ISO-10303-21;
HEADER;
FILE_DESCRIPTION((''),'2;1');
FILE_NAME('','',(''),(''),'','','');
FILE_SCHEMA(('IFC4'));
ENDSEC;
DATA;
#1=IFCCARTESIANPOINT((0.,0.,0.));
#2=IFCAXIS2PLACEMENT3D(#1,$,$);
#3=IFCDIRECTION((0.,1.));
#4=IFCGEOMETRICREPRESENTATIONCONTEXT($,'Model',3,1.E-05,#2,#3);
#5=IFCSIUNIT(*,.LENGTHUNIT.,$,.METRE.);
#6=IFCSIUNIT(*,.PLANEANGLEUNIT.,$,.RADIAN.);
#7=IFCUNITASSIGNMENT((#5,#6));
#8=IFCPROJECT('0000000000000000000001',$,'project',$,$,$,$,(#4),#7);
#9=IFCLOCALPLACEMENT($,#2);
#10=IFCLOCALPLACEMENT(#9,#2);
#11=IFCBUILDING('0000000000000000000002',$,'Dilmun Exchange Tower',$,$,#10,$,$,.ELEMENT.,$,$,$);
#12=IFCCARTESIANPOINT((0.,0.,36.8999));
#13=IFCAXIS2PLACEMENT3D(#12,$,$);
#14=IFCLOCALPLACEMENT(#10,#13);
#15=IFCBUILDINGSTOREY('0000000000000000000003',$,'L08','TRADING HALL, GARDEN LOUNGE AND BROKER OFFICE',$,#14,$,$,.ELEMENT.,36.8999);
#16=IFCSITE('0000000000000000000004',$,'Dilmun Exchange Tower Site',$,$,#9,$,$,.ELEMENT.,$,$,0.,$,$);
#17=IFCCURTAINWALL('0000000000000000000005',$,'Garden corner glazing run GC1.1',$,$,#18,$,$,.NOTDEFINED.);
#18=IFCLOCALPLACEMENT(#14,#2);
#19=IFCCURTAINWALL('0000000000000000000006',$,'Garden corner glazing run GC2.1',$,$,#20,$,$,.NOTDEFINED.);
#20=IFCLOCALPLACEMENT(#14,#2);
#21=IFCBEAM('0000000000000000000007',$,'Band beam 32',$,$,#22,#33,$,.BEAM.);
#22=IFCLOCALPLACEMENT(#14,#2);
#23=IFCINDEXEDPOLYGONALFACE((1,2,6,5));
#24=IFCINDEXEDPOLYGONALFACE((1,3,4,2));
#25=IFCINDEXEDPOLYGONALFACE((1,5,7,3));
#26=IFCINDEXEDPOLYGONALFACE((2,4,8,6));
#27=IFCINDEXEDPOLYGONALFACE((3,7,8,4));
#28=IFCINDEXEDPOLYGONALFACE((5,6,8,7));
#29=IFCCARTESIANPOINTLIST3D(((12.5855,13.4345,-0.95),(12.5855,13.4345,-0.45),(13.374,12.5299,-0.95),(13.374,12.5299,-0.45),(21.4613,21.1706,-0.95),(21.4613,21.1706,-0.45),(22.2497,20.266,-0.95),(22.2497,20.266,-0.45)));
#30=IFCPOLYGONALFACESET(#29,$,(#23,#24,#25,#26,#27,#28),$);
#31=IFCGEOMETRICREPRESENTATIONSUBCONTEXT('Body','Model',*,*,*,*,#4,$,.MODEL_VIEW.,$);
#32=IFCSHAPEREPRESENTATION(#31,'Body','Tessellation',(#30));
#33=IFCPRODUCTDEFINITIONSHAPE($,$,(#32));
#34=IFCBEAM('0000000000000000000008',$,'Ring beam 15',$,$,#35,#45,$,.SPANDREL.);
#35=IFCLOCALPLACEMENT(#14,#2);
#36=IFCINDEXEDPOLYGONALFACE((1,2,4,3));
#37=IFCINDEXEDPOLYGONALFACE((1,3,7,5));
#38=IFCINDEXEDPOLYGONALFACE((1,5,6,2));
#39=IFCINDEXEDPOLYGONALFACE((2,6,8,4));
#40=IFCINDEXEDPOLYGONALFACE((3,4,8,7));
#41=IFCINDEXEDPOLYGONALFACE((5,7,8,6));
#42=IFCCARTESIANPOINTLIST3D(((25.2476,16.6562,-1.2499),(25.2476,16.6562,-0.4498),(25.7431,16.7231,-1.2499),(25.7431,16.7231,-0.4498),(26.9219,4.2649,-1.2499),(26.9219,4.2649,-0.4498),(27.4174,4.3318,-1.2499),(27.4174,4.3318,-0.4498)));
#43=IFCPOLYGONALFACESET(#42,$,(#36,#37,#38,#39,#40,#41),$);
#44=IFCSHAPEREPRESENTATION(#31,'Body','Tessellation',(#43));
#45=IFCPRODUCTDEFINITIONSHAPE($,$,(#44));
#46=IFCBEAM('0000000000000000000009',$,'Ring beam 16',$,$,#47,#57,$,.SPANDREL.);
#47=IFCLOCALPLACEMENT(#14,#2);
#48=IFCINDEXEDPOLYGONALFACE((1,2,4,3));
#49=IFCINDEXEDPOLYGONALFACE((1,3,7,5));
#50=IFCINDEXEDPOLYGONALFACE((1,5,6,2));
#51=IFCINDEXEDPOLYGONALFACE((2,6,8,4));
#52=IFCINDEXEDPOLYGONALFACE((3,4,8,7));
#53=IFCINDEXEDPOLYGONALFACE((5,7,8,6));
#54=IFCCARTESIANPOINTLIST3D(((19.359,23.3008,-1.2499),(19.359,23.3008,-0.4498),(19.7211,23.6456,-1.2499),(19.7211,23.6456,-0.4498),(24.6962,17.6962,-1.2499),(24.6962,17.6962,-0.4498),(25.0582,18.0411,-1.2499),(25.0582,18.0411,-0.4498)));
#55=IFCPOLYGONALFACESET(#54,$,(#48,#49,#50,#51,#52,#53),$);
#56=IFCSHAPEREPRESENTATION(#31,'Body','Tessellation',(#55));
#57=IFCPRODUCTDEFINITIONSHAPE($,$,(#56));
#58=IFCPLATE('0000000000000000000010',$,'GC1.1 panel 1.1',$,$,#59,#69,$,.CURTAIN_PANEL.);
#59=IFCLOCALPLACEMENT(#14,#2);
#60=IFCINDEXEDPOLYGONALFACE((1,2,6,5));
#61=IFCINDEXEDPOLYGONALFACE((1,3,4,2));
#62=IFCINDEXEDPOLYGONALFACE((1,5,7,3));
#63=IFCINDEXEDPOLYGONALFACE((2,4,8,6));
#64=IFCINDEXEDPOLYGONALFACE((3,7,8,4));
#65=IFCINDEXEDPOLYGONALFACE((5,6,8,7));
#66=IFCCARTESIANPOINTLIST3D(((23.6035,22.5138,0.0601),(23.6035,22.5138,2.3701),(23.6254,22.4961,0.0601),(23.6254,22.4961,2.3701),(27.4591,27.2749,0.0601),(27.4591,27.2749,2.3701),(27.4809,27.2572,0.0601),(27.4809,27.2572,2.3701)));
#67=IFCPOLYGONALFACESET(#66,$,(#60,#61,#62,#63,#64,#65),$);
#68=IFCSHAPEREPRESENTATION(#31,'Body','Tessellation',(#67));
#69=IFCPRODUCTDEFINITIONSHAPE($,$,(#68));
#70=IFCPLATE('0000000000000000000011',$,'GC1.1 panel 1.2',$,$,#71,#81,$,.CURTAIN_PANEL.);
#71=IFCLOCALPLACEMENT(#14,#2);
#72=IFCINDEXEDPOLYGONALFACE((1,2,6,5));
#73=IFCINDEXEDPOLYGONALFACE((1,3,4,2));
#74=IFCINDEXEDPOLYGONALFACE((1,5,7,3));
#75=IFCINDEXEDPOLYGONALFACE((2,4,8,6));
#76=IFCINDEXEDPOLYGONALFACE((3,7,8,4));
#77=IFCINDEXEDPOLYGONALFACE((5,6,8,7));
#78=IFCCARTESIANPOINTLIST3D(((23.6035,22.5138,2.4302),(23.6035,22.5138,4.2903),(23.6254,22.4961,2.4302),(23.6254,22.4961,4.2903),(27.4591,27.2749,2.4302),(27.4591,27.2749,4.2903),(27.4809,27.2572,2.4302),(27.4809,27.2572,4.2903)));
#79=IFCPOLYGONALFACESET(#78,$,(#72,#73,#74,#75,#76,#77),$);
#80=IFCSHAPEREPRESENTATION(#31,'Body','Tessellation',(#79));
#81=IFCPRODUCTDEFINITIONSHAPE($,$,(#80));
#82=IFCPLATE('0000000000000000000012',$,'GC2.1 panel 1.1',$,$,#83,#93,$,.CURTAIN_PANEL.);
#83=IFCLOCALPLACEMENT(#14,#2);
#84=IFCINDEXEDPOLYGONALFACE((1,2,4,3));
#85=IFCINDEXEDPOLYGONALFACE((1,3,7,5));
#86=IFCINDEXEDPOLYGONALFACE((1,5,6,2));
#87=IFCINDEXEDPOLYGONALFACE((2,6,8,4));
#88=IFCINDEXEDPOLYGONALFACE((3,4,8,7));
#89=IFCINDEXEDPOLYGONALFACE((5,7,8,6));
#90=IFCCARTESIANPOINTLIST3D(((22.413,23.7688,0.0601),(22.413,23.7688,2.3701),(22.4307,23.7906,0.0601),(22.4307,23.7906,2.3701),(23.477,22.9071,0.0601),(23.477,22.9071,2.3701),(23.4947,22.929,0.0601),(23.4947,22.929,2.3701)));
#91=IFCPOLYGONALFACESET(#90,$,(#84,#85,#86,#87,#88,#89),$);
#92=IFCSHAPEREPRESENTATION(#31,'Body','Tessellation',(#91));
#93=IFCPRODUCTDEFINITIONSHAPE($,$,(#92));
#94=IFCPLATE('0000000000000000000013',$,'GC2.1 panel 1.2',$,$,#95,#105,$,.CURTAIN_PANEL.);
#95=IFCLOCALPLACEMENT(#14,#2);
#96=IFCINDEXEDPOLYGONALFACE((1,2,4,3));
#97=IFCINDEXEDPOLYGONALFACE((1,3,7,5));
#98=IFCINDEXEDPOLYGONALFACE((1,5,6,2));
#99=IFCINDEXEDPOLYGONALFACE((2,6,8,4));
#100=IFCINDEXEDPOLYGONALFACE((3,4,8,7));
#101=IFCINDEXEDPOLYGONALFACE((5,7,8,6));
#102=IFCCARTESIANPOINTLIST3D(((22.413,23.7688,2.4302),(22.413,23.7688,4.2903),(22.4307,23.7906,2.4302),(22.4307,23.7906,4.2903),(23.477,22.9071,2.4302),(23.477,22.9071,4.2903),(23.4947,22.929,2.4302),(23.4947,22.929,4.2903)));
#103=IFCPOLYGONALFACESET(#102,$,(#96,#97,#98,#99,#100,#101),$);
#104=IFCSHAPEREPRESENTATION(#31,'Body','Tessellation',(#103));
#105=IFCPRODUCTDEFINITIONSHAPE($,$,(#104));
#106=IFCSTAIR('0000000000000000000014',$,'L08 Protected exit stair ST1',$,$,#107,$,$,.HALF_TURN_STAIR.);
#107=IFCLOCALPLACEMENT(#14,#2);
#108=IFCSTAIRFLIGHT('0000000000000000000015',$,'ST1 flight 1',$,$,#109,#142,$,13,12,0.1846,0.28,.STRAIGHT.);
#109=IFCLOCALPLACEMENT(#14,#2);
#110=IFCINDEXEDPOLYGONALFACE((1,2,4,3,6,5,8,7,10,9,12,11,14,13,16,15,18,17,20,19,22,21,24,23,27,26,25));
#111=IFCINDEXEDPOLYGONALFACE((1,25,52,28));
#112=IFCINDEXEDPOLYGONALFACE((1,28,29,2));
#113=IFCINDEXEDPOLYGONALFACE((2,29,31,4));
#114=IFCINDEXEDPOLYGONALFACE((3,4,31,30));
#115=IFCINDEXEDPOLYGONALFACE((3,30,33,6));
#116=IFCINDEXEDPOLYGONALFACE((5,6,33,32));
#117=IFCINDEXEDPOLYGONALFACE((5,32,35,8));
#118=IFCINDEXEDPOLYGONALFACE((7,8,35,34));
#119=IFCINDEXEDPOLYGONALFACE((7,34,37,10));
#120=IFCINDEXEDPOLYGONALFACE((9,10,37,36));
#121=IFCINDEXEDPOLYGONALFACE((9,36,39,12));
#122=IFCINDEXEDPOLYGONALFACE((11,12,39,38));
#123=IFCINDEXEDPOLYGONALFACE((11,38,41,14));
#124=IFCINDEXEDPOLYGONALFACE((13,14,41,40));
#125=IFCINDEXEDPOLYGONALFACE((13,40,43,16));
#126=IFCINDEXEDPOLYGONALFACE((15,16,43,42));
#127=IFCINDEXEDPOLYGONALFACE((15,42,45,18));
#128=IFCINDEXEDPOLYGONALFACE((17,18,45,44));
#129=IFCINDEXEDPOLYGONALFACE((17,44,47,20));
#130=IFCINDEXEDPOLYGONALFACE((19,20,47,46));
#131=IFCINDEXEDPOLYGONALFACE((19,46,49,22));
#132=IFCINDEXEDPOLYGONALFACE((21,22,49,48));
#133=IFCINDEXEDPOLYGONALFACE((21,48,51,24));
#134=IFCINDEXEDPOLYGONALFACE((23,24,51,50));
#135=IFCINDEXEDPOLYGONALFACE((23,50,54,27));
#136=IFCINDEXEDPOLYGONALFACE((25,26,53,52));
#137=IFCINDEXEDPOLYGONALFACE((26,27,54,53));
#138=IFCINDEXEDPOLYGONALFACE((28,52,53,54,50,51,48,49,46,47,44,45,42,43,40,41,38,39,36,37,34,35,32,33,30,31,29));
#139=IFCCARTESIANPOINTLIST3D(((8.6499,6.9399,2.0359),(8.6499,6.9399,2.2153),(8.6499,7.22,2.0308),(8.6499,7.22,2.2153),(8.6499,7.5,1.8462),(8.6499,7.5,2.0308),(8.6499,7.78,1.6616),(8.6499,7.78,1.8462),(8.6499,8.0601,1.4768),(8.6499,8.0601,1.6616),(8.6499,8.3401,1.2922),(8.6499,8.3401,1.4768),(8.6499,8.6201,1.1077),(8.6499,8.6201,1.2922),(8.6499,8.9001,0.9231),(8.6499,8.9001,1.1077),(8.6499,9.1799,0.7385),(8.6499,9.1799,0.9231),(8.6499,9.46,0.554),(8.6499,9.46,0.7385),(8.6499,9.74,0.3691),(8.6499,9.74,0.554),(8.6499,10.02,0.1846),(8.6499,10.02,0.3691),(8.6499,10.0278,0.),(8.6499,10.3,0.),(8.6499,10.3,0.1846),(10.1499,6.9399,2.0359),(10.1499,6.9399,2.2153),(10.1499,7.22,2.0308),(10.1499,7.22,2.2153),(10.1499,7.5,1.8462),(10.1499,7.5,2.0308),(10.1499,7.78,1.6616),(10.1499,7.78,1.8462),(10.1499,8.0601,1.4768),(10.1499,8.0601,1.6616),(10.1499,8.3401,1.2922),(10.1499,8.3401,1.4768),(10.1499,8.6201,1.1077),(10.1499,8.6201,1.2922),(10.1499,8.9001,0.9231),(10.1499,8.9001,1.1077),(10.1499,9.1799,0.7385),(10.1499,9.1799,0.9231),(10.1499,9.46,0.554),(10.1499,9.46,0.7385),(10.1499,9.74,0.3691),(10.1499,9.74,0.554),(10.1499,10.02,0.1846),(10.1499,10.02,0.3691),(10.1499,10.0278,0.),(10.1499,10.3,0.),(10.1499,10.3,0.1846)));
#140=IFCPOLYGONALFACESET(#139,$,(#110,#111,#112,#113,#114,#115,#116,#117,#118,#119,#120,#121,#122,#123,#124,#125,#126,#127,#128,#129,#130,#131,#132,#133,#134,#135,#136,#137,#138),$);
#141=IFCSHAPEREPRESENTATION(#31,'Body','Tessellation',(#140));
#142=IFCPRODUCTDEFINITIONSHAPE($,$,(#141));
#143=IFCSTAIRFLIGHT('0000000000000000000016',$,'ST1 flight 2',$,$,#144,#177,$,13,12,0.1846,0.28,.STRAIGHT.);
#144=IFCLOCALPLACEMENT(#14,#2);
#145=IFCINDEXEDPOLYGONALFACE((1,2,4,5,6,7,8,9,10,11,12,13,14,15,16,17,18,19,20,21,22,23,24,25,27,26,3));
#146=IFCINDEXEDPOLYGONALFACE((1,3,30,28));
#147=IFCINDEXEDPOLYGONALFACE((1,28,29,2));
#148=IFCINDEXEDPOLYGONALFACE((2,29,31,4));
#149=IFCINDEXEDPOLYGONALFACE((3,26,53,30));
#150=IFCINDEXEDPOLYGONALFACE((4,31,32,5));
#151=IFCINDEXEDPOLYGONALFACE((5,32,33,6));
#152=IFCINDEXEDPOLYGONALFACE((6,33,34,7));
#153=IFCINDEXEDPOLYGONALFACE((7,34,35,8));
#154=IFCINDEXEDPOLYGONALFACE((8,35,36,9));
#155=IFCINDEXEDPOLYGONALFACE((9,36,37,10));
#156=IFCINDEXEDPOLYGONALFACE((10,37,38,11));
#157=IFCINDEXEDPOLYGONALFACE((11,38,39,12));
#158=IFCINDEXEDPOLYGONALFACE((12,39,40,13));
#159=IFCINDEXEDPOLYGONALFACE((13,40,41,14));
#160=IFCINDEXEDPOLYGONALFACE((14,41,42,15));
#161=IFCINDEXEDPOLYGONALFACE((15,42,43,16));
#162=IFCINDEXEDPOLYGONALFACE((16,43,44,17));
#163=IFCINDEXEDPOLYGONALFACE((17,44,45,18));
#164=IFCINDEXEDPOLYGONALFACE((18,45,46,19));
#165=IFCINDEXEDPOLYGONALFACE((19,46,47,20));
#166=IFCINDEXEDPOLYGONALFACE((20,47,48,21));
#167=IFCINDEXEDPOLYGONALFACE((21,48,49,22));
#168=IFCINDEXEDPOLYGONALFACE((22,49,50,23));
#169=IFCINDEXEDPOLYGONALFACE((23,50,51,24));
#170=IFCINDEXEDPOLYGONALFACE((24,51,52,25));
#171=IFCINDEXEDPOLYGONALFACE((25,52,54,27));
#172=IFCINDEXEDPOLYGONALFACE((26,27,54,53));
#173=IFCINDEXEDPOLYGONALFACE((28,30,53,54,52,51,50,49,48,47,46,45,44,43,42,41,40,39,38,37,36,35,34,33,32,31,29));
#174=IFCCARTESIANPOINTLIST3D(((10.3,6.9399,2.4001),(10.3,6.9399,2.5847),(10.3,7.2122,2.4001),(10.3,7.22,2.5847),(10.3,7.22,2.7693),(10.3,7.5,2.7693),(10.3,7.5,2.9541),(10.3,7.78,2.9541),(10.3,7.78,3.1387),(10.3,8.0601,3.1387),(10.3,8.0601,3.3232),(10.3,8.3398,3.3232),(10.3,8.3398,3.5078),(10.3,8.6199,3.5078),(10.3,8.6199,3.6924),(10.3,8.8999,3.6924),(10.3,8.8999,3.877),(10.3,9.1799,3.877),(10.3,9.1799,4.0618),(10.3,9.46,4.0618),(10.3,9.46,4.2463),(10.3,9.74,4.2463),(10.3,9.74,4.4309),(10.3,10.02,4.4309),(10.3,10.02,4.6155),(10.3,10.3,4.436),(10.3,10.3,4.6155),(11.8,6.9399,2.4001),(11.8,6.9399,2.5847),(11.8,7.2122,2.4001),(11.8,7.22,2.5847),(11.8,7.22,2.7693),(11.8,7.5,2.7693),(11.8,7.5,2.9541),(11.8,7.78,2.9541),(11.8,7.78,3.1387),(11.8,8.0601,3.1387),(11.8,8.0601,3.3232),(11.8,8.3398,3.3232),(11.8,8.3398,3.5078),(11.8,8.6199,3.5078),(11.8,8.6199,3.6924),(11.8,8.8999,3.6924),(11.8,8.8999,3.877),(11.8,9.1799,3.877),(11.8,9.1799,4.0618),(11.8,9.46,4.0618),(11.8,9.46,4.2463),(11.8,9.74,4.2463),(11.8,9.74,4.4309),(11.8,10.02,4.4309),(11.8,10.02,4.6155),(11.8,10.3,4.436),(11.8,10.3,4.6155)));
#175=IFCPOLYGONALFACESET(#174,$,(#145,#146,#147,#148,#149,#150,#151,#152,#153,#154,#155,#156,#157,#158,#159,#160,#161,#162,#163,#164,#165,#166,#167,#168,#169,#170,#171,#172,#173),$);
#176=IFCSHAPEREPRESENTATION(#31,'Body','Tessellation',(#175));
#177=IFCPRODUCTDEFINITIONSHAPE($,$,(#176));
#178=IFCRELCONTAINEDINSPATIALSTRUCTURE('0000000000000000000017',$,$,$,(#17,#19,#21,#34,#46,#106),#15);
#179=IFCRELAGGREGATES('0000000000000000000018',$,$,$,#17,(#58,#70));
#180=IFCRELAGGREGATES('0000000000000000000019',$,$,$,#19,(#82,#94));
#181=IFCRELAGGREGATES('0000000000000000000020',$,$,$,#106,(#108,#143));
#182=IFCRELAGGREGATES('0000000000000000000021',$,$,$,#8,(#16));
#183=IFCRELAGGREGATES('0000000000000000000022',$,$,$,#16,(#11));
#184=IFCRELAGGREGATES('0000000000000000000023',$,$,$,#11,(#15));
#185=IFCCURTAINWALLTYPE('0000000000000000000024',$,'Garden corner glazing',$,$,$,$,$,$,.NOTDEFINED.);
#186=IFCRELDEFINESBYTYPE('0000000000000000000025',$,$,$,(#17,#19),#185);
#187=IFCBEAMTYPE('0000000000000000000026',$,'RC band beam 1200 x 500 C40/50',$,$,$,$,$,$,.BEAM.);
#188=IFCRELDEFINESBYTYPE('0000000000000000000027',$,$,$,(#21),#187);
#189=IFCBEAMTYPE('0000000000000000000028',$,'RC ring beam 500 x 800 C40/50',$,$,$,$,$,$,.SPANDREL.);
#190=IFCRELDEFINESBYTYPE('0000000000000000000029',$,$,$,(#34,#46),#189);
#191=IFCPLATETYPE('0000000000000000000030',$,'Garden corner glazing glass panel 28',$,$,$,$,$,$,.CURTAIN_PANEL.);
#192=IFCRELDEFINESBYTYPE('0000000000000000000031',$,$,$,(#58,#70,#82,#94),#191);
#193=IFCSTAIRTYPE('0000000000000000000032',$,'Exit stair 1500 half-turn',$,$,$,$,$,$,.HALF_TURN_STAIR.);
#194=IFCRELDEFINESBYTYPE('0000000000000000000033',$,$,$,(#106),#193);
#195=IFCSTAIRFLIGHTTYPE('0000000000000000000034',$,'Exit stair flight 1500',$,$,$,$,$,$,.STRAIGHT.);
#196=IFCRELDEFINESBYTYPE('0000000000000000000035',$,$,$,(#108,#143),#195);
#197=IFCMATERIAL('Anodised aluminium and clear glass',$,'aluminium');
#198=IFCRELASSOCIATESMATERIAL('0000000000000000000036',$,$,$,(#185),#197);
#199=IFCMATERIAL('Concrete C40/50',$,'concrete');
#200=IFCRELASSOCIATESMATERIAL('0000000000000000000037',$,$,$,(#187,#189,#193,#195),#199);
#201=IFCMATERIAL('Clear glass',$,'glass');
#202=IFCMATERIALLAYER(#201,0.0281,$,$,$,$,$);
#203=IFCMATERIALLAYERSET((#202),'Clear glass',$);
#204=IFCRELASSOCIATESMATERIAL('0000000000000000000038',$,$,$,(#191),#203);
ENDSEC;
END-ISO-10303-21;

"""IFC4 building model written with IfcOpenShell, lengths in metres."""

from ifc_helpers import new_model, si_unit, direction, frame, origin, origin_2d, place, context, subcontext, project, spatial, polyline, rectangle, outline, extrude, material, layer, layer_set, material_profile, profile_set, type_object, element, aggregate, save


model = new_model("IFC4")

# Units and contexts
model_context = context("Model", 3, precision=1e-05, world=origin(), true_north=direction((0.0, 1.0)))
body_context = subcontext(model_context, "Body", "Model", "MODEL_VIEW")
ifc_project = project(units=[si_unit("LENGTHUNIT", "METRE"), si_unit("PLANEANGLEUNIT", "RADIAN")], contexts=[model_context])

# Site, building, storey
site_placement = place(None, origin())
site = spatial("IfcSite", under=ifc_project, at=site_placement, Name="Dilmun Exchange Tower Site", CompositionType="ELEMENT", RefElevation=0.0)
building_placement = place(site_placement, origin())
building = spatial("IfcBuilding", under=site, at=building_placement, Name="Dilmun Exchange Tower", CompositionType="ELEMENT")
storey_placement = place(building_placement, frame((0.0, 0.0, 36.8999)))
storey = spatial("IfcBuildingStorey", under=building, at=storey_placement, Name="L08", Description="TRADING HALL, GARDEN LOUNGE AND BROKER OFFICE", CompositionType="ELEMENT", Elevation=36.8999)

# Curtain wall
ifc_material_1 = material(Name="Anodised aluminium and clear glass", Category="aluminium")
curtain_wall_type = type_object("IfcCurtainWallType", Name="Garden corner glazing", PredefinedType="NOTDEFINED", material=ifc_material_1)
curtain_wall_1_placement = place(storey_placement, origin())
curtain_wall_1 = element("IfcCurtainWall", 1, at=curtain_wall_1_placement, inside=storey, type_object=curtain_wall_type, Name="Garden corner glazing run GC1.1", PredefinedType="NOTDEFINED")

# Curtain wall
curtain_wall_2_placement = place(storey_placement, origin())
curtain_wall_2 = element("IfcCurtainWall", 2, at=curtain_wall_2_placement, inside=storey, type_object=curtain_wall_type, Name="Garden corner glazing run GC2.1", PredefinedType="NOTDEFINED")

# Beams
ifc_material_2 = material(Name="Concrete C40/50", Category="concrete")
ifc_material_profile_1 = material_profile(ifc_material_2, rectangle(XDim=1.2, YDim=0.5, at=origin_2d()), Name="1200 x 500")
ifc_profile_set_1 = profile_set([ifc_material_profile_1], Name="Concrete C40/50")
beam_type_1 = type_object("IfcBeamType", Name="RC band beam 1200 x 500 C40/50", PredefinedType="BEAM", material=ifc_profile_set_1)
beam_1_placement = place(storey_placement, frame((21.8555, 20.7183, -0.7), z_axis=(-0.753846, -0.657052, 0.0), x_axis=(0.657052, -0.753846, 0.0)))
element("IfcBeam", 3, at=beam_1_placement, inside=storey, type_object=beam_type_1, Name="Band beam 32", PredefinedType="BEAM", context=body_context, shape_type="SweptSolid", body=[
    extrude(rectangle(XDim=1.2, YDim=0.5, at=origin_2d()), origin(), (0.0, 0.0, 1.0), 11.7739),
])
ifc_material_profile_2 = material_profile(ifc_material_2, rectangle(XDim=0.5, YDim=0.8, at=origin_2d()), Name="500 x 800")
ifc_profile_set_2 = profile_set([ifc_material_profile_2], Name="Concrete C40/50")
beam_type_2 = type_object("IfcBeamType", Name="RC ring beam 500 x 800 C40/50", PredefinedType="SPANDREL", material=ifc_profile_set_2)
beam_2_placement = place(storey_placement, frame((27.1697, 4.2983, -0.8499), z_axis=(-0.133903, 0.990994, 0.0), x_axis=(-0.990994, -0.133903, 0.0)))
element("IfcBeam", 4, at=beam_2_placement, inside=storey, type_object=beam_type_2, Name="Ring beam 15", PredefinedType="SPANDREL", context=body_context, shape_type="SweptSolid", body=[
    extrude(rectangle(XDim=0.5, YDim=0.8, at=origin_2d()), origin(), (0.0, 0.0, 1.0), 12.5039),
])
beam_3_placement = place(storey_placement, frame((24.8772, 17.8687, -0.8499), z_axis=(-0.689624, 0.724167, 0.0), x_axis=(-0.724167, -0.689624, 0.0)))
element("IfcBeam", 5, at=beam_3_placement, inside=storey, type_object=beam_type_2, Name="Ring beam 16", PredefinedType="SPANDREL", context=body_context, shape_type="SweptSolid", body=[
    extrude(rectangle(XDim=0.5, YDim=0.8, at=origin_2d()), origin(), (0.0, 0.0, 1.0), 7.7393),
])

# Plates
ifc_material_3 = material(Name="Clear glass", Category="glass")
ifc_layer_1 = layer(ifc_material_3, 0.0281)
ifc_layer_set_1 = layer_set([ifc_layer_1], Name="Clear glass")
plate_type = type_object("IfcPlateType", Name="Garden corner glazing glass panel 28", PredefinedType="CURTAIN_PANEL", material=ifc_layer_set_1)
plate_1_placement = place(storey_placement, frame((25.5422, 24.8855, 0.0601), z_axis=(0.0, 0.0, 1.0), x_axis=(-0.629329, -0.777139, 0.0)))
plate_1 = element("IfcPlate", 6, at=plate_1_placement, type_object=plate_type, Name="GC1.1 panel 1.1", PredefinedType="CURTAIN_PANEL", context=body_context, shape_type="SweptSolid", body=[
    extrude(rectangle(XDim=6.1265, YDim=0.0281, at=origin_2d()), origin(), (0.0, 0.0, 1.0), 2.3101),
])
plate_2_placement = place(storey_placement, frame((25.5422, 24.8855, 2.4302), z_axis=(0.0, 0.0, 1.0), x_axis=(-0.629329, -0.777139, 0.0)))
plate_2 = element("IfcPlate", 7, at=plate_2_placement, type_object=plate_type, Name="GC1.1 panel 1.2", PredefinedType="CURTAIN_PANEL", context=body_context, shape_type="SweptSolid", body=[
    extrude(rectangle(XDim=6.1265, YDim=0.0281, at=origin_2d()), origin(), (0.0, 0.0, 1.0), 1.8601),
])
aggregate(curtain_wall_1, [plate_1, plate_2])
plate_3_placement = place(storey_placement, frame((22.9539, 23.3489, 0.0601), z_axis=(0.0, 0.0, 1.0), x_axis=(-0.77714, 0.629328, 0.0)))
plate_3 = element("IfcPlate", 8, at=plate_3_placement, type_object=plate_type, Name="GC2.1 panel 1.1", PredefinedType="CURTAIN_PANEL", context=body_context, shape_type="SweptSolid", body=[
    extrude(rectangle(XDim=1.3691, YDim=0.0281, at=origin_2d()), origin(), (0.0, 0.0, 1.0), 2.3101),
])
plate_4_placement = place(storey_placement, frame((22.9539, 23.3489, 2.4302), z_axis=(0.0, 0.0, 1.0), x_axis=(-0.77714, 0.629328, 0.0)))
plate_4 = element("IfcPlate", 9, at=plate_4_placement, type_object=plate_type, Name="GC2.1 panel 1.2", PredefinedType="CURTAIN_PANEL", context=body_context, shape_type="SweptSolid", body=[
    extrude(rectangle(XDim=1.3691, YDim=0.0281, at=origin_2d()), origin(), (0.0, 0.0, 1.0), 1.8601),
])
aggregate(curtain_wall_2, [plate_3, plate_4])

# Stair, stair flights
stair_type = type_object("IfcStairType", Name="Exit stair 1500 half-turn", PredefinedType="HALF_TURN_STAIR", material=ifc_material_2)
stair_placement = place(storey_placement, origin())
stair = element("IfcStair", 10, at=stair_placement, inside=storey, type_object=stair_type, Name="L08 Protected exit stair ST1", PredefinedType="HALF_TURN_STAIR")
stair_flight_type = type_object("IfcStairFlightType", Name="Exit stair flight 1500", PredefinedType="STRAIGHT", material=ifc_material_2)
stair_flight_1_placement = place(storey_placement, frame((9.3999, 10.3, 0.0), z_axis=(0.0, 0.0, 1.0), x_axis=(0.0, -1.0, 0.0)))
stair_flight_1 = element("IfcStairFlight", 11, at=stair_flight_1_placement, type_object=stair_flight_type, Name="ST1 flight 1", NumberOfRisers=13, NumberOfTreads=12, PredefinedType="STRAIGHT", RiserHeight=0.1846, TreadLength=0.28, context=body_context, shape_type="SweptSolid", body=[
    extrude(outline(polyline([(0.0, 0.0), (0.0, 0.1846), (0.28, 0.1846), (0.28, 0.3691), (0.5601, 0.3691), (0.5601, 0.554), (0.8401, 0.554), (0.8401, 0.7385), (1.1201, 0.7385), (1.1201, 0.9231), (1.3999, 0.9231), (1.3999, 1.1077), (1.6799, 1.1077), (1.6799, 1.2922), (1.96, 1.2922), (1.96, 1.4768), (2.24, 1.4768), (2.24, 1.6616), (2.52, 1.6616), (2.52, 1.8462), (2.8, 1.8462), (2.8, 2.0308), (3.0801, 2.0308), (3.0801, 2.2153), (3.3601, 2.2153), (3.3601, 2.3999), (3.3601, 2.0359), (0.2722, 0.0), (0.0, 0.0)])), frame((0.0, 0.75, 0.0), z_axis=(0.0, -1.0, 0.0), x_axis=(1.0, 0.0, 0.0)), (0.0, 0.0, 1.0), 1.5),
])
stair_flight_2_placement = place(storey_placement, frame((11.05, 6.9399, 2.4001), z_axis=(0.0, 0.0, 1.0), x_axis=(0.0, 1.0, 0.0)))
stair_flight_2 = element("IfcStairFlight", 12, at=stair_flight_2_placement, type_object=stair_flight_type, Name="ST1 flight 2", NumberOfRisers=13, NumberOfTreads=12, PredefinedType="STRAIGHT", RiserHeight=0.1846, TreadLength=0.28, context=body_context, shape_type="SweptSolid", body=[
    extrude(outline(polyline([(0.0, 0.0), (0.0, 0.1846), (0.28, 0.1846), (0.28, 0.3691), (0.5601, 0.3691), (0.5601, 0.554), (0.8401, 0.554), (0.8401, 0.7385), (1.1201, 0.7385), (1.1201, 0.9231), (1.3999, 0.9231), (1.3999, 1.1077), (1.6799, 1.1077), (1.6799, 1.2922), (1.96, 1.2922), (1.96, 1.4768), (2.24, 1.4768), (2.24, 1.6616), (2.52, 1.6616), (2.52, 1.8462), (2.8, 1.8462), (2.8, 2.0308), (3.0801, 2.0308), (3.0801, 2.2153), (3.3601, 2.2153), (3.3601, 2.3999), (3.3601, 2.0359), (0.2722, 0.0), (0.0, 0.0)])), frame((0.0, 0.75, 0.0), z_axis=(0.0, -1.0, 0.0), x_axis=(1.0, 0.0, 0.0)), (0.0, 0.0, 1.0), 1.5),
])
aggregate(stair, [stair_flight_1, stair_flight_2])

save(model, "model.ifc")
